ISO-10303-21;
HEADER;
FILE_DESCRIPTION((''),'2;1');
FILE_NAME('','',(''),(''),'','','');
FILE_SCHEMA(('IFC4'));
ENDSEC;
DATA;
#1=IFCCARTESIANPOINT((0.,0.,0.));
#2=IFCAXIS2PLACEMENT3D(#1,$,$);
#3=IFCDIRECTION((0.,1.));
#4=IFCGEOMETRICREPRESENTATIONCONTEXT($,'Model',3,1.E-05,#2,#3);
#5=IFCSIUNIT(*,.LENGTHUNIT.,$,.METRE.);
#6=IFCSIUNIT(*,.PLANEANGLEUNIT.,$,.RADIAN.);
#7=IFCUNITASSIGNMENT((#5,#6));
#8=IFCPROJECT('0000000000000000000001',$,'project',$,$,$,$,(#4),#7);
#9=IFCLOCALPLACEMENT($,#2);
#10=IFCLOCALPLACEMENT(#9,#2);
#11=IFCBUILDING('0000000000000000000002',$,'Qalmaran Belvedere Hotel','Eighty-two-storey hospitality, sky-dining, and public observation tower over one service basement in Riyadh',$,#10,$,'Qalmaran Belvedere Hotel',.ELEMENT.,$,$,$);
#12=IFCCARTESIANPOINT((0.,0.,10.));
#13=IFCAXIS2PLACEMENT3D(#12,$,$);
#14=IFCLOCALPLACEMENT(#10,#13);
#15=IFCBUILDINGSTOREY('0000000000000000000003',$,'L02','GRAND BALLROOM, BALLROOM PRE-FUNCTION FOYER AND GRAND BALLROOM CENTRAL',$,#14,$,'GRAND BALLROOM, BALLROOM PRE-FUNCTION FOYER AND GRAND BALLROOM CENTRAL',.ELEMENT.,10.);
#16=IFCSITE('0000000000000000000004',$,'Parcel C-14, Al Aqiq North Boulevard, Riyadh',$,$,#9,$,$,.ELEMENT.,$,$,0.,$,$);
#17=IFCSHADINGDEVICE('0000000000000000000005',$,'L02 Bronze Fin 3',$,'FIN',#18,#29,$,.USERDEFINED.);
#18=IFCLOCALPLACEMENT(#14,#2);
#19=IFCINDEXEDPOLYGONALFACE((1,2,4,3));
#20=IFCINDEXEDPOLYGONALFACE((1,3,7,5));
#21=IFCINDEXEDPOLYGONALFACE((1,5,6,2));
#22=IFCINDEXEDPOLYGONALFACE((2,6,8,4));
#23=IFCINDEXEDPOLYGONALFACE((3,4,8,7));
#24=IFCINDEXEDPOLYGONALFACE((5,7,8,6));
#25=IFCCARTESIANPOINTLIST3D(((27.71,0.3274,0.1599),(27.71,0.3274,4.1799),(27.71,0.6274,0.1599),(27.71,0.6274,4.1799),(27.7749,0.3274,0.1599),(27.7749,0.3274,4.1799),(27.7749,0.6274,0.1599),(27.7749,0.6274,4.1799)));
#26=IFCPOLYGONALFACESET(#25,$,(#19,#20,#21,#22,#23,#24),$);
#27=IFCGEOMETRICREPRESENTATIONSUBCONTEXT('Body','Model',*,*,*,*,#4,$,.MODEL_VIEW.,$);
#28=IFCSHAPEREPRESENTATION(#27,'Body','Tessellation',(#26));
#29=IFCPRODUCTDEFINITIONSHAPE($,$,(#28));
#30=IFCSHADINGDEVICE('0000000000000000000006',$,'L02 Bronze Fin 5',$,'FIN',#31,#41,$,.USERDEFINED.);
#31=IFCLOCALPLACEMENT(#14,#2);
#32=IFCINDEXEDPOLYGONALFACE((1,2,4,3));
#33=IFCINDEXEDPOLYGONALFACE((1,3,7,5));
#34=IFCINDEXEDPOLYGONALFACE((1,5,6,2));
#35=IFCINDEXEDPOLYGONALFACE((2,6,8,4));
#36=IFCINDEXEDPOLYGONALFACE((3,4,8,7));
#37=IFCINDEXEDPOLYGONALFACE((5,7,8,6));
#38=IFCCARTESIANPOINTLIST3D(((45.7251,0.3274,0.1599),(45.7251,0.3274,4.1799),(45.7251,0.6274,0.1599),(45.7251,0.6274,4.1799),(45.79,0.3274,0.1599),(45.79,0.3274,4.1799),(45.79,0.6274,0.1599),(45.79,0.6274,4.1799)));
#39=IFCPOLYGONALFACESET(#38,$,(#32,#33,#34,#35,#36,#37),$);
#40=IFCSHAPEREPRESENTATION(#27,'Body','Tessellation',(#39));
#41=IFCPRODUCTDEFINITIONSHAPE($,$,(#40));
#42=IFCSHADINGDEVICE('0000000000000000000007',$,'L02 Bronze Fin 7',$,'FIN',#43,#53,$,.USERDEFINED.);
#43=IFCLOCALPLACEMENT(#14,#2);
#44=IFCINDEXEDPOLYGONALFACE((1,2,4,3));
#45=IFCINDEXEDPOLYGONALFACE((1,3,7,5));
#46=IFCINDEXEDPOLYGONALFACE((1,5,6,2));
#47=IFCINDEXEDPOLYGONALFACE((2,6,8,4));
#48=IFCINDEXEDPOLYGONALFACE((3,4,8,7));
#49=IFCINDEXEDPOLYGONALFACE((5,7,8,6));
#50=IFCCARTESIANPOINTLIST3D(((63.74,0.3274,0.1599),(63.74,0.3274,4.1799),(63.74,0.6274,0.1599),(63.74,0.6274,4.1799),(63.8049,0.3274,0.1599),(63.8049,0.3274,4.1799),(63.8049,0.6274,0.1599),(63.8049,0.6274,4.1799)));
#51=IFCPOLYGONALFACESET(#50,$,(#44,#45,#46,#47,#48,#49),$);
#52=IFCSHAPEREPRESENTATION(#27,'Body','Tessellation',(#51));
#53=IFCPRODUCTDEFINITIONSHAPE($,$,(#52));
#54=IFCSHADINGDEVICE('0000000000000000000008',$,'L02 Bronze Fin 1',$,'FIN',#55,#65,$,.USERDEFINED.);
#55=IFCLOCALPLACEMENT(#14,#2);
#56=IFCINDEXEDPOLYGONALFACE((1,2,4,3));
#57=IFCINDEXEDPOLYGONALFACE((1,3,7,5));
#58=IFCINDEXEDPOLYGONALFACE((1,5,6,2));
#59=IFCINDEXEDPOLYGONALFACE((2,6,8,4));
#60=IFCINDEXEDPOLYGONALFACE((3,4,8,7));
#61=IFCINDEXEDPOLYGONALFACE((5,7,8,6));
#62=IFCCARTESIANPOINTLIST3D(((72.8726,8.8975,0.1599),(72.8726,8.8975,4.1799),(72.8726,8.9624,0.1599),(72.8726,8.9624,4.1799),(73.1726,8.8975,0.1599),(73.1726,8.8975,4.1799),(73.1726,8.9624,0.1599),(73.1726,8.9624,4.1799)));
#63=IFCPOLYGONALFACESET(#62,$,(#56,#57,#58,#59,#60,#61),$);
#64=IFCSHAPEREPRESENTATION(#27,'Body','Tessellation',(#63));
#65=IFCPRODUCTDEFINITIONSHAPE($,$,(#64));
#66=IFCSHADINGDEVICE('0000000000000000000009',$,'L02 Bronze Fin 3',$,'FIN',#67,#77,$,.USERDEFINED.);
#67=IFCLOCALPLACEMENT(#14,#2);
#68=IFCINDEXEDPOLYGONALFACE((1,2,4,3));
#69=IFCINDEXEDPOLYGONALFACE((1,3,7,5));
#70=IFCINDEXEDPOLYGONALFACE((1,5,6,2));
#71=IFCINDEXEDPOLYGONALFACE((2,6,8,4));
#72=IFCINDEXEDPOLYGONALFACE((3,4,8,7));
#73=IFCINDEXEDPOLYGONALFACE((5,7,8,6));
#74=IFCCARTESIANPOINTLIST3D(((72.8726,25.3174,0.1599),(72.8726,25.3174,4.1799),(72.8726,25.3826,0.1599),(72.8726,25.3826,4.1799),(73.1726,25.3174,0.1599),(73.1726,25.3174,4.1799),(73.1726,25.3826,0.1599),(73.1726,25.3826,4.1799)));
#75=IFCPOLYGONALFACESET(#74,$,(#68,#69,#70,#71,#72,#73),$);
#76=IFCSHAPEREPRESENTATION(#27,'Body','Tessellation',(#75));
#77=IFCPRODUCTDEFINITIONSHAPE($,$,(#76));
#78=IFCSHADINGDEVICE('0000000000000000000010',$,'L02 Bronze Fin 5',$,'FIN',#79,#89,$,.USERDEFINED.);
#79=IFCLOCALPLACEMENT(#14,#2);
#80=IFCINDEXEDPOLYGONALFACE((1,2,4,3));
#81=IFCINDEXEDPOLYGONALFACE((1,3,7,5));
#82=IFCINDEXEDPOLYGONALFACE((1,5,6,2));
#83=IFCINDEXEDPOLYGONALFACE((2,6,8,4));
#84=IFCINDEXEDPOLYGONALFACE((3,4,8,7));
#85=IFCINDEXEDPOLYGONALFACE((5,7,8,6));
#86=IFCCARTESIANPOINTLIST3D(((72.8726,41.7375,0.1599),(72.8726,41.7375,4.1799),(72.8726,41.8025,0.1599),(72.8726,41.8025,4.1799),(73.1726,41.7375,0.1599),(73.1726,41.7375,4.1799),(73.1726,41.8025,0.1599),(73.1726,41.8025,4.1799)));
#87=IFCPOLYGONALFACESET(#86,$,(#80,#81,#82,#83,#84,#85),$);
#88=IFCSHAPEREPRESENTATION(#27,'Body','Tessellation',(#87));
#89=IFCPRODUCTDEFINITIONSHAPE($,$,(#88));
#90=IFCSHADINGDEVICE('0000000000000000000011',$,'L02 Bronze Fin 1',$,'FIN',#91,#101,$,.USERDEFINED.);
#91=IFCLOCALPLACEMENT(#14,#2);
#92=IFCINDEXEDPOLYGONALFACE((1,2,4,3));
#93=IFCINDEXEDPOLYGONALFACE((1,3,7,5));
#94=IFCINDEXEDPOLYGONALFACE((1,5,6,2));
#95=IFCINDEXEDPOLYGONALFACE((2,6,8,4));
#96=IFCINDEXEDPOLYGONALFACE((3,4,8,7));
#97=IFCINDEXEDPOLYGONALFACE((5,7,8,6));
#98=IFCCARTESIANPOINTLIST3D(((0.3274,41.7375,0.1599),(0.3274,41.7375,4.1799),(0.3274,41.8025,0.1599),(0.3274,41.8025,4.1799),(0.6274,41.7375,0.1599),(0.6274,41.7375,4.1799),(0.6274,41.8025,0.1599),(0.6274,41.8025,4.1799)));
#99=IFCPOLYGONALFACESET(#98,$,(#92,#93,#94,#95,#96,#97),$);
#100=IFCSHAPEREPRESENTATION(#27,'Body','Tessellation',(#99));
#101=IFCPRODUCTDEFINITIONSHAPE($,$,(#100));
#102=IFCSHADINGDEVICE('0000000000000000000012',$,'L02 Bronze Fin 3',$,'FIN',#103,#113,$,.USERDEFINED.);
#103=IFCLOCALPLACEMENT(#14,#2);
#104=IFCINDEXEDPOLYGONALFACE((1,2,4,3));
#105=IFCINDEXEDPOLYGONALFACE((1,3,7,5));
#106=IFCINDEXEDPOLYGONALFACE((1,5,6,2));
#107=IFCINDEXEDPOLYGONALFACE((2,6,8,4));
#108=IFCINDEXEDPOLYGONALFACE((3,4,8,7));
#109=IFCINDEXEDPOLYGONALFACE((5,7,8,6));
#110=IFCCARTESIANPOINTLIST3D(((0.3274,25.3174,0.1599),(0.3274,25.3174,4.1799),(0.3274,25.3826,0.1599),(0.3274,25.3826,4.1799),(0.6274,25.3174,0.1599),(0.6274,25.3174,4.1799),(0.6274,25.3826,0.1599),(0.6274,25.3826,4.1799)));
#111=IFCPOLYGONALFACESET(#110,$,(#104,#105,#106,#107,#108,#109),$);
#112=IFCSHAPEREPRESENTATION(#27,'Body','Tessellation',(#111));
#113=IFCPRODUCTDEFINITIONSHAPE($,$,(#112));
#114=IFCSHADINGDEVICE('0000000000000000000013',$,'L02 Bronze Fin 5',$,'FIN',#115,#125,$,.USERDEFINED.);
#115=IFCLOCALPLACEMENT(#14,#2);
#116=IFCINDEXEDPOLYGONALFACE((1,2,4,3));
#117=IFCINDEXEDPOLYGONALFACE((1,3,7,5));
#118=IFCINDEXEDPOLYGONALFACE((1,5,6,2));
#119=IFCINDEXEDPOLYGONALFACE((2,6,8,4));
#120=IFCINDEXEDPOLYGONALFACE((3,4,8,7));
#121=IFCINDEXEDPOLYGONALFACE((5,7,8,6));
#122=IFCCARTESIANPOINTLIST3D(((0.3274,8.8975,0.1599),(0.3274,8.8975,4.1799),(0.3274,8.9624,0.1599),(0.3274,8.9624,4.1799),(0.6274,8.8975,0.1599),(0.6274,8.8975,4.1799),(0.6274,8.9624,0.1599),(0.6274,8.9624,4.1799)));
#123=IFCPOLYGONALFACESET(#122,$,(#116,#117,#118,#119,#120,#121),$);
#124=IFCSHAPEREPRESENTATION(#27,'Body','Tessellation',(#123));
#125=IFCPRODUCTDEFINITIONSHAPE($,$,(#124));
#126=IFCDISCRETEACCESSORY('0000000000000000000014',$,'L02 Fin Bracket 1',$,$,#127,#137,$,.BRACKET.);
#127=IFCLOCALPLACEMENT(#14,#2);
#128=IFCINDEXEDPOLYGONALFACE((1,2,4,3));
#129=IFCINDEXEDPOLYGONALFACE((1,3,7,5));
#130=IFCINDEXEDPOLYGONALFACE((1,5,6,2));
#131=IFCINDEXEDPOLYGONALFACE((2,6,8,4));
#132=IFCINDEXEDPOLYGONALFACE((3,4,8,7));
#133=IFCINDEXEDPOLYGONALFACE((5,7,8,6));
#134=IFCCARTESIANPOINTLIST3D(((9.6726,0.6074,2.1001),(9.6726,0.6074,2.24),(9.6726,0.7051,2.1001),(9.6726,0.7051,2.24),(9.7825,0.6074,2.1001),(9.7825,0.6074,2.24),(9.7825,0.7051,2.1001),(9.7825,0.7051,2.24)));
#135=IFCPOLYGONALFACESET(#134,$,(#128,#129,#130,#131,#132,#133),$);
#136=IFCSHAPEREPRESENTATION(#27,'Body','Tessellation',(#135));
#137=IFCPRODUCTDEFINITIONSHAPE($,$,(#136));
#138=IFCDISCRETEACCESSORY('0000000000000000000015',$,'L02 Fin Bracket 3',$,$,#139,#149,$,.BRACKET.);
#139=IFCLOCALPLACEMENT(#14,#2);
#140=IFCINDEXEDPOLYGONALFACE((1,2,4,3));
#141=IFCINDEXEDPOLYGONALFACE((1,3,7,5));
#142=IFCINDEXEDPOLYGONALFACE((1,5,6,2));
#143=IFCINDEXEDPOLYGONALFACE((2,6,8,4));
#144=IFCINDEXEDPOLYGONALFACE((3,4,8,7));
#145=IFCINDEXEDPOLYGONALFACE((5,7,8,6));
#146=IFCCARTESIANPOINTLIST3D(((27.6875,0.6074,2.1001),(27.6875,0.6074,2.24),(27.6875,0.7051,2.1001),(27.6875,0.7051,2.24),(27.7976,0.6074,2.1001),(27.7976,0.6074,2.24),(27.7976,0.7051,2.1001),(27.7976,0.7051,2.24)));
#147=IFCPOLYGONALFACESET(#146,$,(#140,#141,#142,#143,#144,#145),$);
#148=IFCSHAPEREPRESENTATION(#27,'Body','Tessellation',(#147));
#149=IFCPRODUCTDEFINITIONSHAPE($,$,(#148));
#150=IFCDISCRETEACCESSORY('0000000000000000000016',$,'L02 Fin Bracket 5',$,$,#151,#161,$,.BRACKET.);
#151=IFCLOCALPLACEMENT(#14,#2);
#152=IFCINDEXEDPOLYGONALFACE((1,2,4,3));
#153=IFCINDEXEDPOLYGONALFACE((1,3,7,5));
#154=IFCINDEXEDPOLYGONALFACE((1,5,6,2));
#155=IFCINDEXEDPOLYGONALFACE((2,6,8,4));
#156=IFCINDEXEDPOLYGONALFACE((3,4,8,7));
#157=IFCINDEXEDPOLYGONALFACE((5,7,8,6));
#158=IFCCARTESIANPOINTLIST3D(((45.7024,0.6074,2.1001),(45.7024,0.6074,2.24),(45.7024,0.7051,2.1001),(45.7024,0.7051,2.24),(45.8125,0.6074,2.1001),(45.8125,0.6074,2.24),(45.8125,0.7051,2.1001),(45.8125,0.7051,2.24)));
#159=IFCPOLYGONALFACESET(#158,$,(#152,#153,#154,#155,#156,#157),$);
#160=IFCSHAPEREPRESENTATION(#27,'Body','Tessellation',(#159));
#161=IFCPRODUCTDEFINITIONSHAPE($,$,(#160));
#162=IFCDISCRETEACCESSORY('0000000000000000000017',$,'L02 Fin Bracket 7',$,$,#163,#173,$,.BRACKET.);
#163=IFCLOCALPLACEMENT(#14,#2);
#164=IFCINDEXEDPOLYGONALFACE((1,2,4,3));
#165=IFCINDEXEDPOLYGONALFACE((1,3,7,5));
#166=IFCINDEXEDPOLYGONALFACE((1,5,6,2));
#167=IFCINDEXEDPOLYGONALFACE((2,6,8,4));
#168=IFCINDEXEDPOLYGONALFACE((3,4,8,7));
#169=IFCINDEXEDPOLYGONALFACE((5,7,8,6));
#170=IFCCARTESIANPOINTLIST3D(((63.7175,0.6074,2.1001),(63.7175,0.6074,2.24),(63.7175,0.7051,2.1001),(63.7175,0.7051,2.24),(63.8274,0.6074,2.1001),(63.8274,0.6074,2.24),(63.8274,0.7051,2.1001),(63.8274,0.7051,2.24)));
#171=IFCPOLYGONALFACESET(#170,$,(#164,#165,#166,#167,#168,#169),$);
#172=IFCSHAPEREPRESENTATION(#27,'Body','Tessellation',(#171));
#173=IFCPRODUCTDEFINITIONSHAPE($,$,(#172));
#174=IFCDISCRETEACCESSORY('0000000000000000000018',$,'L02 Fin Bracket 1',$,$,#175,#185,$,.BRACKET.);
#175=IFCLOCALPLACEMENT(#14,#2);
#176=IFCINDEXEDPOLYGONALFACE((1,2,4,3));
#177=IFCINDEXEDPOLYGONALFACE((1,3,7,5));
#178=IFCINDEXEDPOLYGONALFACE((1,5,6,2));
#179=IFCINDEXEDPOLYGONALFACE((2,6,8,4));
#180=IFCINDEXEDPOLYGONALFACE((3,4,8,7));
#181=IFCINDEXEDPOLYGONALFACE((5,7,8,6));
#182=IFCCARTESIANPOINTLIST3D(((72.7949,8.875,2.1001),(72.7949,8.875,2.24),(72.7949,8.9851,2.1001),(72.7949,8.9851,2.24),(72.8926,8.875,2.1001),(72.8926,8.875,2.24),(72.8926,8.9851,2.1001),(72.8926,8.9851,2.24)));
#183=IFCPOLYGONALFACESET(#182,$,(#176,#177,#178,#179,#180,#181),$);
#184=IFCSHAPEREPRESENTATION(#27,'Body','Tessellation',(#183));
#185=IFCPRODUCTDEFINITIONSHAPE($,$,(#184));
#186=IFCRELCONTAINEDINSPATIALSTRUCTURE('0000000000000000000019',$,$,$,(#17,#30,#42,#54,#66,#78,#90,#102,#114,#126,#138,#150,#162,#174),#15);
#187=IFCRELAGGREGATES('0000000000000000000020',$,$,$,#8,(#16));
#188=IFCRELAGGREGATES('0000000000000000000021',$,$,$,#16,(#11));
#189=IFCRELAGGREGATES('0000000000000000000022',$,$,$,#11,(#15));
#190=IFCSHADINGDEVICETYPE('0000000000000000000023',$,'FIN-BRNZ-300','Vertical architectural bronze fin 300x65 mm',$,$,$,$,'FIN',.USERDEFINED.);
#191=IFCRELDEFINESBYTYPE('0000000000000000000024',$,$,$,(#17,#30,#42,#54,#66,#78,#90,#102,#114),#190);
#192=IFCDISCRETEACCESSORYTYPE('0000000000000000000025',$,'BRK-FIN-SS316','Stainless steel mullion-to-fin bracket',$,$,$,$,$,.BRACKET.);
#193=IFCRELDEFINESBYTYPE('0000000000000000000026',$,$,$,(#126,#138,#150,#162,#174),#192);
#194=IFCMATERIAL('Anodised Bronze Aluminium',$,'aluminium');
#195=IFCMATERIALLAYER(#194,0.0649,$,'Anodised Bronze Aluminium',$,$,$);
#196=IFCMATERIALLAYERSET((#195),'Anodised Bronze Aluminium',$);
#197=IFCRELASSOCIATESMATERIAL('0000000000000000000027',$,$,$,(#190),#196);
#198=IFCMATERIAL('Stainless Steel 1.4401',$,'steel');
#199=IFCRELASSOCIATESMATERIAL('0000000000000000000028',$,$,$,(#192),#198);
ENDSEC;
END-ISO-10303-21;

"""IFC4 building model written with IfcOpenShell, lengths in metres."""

from ifc_helpers import new_model, si_unit, direction, frame, origin, place, context, subcontext, project, spatial, polyline, outline, extrude, material, layer, layer_set, type_object, element, save


model = new_model("IFC4")

# Units and contexts
model_context = context("Model", 3, precision=1e-05, world=origin(), true_north=direction((0.0, 1.0)))
body_context = subcontext(model_context, "Body", "Model", "MODEL_VIEW")
ifc_project = project(units=[si_unit("LENGTHUNIT", "METRE"), si_unit("PLANEANGLEUNIT", "RADIAN")], contexts=[model_context])

# Site, building, storey
site_placement = place(None, origin())
site = spatial("IfcSite", under=ifc_project, at=site_placement, Name="Parcel C-14, Al Aqiq North Boulevard, Riyadh", CompositionType="ELEMENT", RefElevation=0.0)
building_placement = place(site_placement, origin())
building = spatial("IfcBuilding", under=site, at=building_placement, Name="Qalmaran Belvedere Hotel", Description="Eighty-two-storey hospitality, sky-dining, and public observation tower over one service basement in Riyadh", LongName="Qalmaran Belvedere Hotel", CompositionType="ELEMENT")
storey_placement = place(building_placement, frame((0.0, 0.0, 10.0)))
storey = spatial("IfcBuildingStorey", under=building, at=storey_placement, Name="L02", Description="GRAND BALLROOM, BALLROOM PRE-FUNCTION FOYER AND GRAND BALLROOM CENTRAL", LongName="GRAND BALLROOM, BALLROOM PRE-FUNCTION FOYER AND GRAND BALLROOM CENTRAL", CompositionType="ELEMENT", Elevation=10.0)

# Shading devices
ifc_material_1 = material(Name="Anodised Bronze Aluminium", Category="aluminium")
ifc_layer_1 = layer(ifc_material_1, 0.0649, Name="Anodised Bronze Aluminium")
ifc_layer_set_1 = layer_set([ifc_layer_1], Name="Anodised Bronze Aluminium")
shading_device_type = type_object("IfcShadingDeviceType", Name="FIN-BRNZ-300", Description="Vertical architectural bronze fin 300x65 mm", ElementType="FIN", PredefinedType="USERDEFINED", material=ifc_layer_set_1)
shading_device_1_placement = place(storey_placement, frame((0.0, 0.0, 0.1599)))
element("IfcShadingDevice", 1, at=shading_device_1_placement, inside=storey, type_object=shading_device_type, Name="L02 Bronze Fin 3", ObjectType="FIN", PredefinedType="USERDEFINED", context=body_context, shape_type="SweptSolid", body=[
    extrude(outline(polyline([(27.71, 0.6274), (27.71, 0.3274), (27.7749, 0.3274), (27.7749, 0.6274), (27.71, 0.6274)])), origin(), (0.0, 0.0, 1.0), 4.02),
])
shading_device_2_placement = place(storey_placement, frame((0.0, 0.0, 0.1599)))
element("IfcShadingDevice", 2, at=shading_device_2_placement, inside=storey, type_object=shading_device_type, Name="L02 Bronze Fin 5", ObjectType="FIN", PredefinedType="USERDEFINED", context=body_context, shape_type="SweptSolid", body=[
    extrude(outline(polyline([(45.7251, 0.6274), (45.7251, 0.3274), (45.79, 0.3274), (45.79, 0.6274), (45.7251, 0.6274)])), origin(), (0.0, 0.0, 1.0), 4.02),
])
shading_device_3_placement = place(storey_placement, frame((0.0, 0.0, 0.1599)))
element("IfcShadingDevice", 3, at=shading_device_3_placement, inside=storey, type_object=shading_device_type, Name="L02 Bronze Fin 7", ObjectType="FIN", PredefinedType="USERDEFINED", context=body_context, shape_type="SweptSolid", body=[
    extrude(outline(polyline([(63.74, 0.6274), (63.74, 0.3274), (63.8049, 0.3274), (63.8049, 0.6274), (63.74, 0.6274)])), origin(), (0.0, 0.0, 1.0), 4.02),
])
shading_device_4_placement = place(storey_placement, frame((0.0, 0.0, 0.1599)))
element("IfcShadingDevice", 4, at=shading_device_4_placement, inside=storey, type_object=shading_device_type, Name="L02 Bronze Fin 1", ObjectType="FIN", PredefinedType="USERDEFINED", context=body_context, shape_type="SweptSolid", body=[
    extrude(outline(polyline([(72.8726, 8.8975), (73.1726, 8.8975), (73.1726, 8.9624), (72.8726, 8.9624), (72.8726, 8.8975)])), origin(), (0.0, 0.0, 1.0), 4.02),
])
shading_device_5_placement = place(storey_placement, frame((0.0, 0.0, 0.1599)))
element("IfcShadingDevice", 5, at=shading_device_5_placement, inside=storey, type_object=shading_device_type, Name="L02 Bronze Fin 3", ObjectType="FIN", PredefinedType="USERDEFINED", context=body_context, shape_type="SweptSolid", body=[
    extrude(outline(polyline([(72.8726, 25.3174), (73.1726, 25.3174), (73.1726, 25.3826), (72.8726, 25.3826), (72.8726, 25.3174)])), origin(), (0.0, 0.0, 1.0), 4.02),
])
shading_device_6_placement = place(storey_placement, frame((0.0, 0.0, 0.1599)))
element("IfcShadingDevice", 6, at=shading_device_6_placement, inside=storey, type_object=shading_device_type, Name="L02 Bronze Fin 5", ObjectType="FIN", PredefinedType="USERDEFINED", context=body_context, shape_type="SweptSolid", body=[
    extrude(outline(polyline([(72.8726, 41.7375), (73.1726, 41.7375), (73.1726, 41.8025), (72.8726, 41.8025), (72.8726, 41.7375)])), origin(), (0.0, 0.0, 1.0), 4.02),
])
shading_device_7_placement = place(storey_placement, frame((0.0, 0.0, 0.1599)))
element("IfcShadingDevice", 7, at=shading_device_7_placement, inside=storey, type_object=shading_device_type, Name="L02 Bronze Fin 1", ObjectType="FIN", PredefinedType="USERDEFINED", context=body_context, shape_type="SweptSolid", body=[
    extrude(outline(polyline([(0.6274, 41.8025), (0.3274, 41.8025), (0.3274, 41.7375), (0.6274, 41.7375), (0.6274, 41.8025)])), origin(), (0.0, 0.0, 1.0), 4.02),
])
shading_device_8_placement = place(storey_placement, frame((0.0, 0.0, 0.1599)))
element("IfcShadingDevice", 8, at=shading_device_8_placement, inside=storey, type_object=shading_device_type, Name="L02 Bronze Fin 3", ObjectType="FIN", PredefinedType="USERDEFINED", context=body_context, shape_type="SweptSolid", body=[
    extrude(outline(polyline([(0.6274, 25.3826), (0.3274, 25.3826), (0.3274, 25.3174), (0.6274, 25.3174), (0.6274, 25.3826)])), origin(), (0.0, 0.0, 1.0), 4.02),
])
shading_device_9_placement = place(storey_placement, frame((0.0, 0.0, 0.1599)))
element("IfcShadingDevice", 9, at=shading_device_9_placement, inside=storey, type_object=shading_device_type, Name="L02 Bronze Fin 5", ObjectType="FIN", PredefinedType="USERDEFINED", context=body_context, shape_type="SweptSolid", body=[
    extrude(outline(polyline([(0.6274, 8.9624), (0.3274, 8.9624), (0.3274, 8.8975), (0.6274, 8.8975), (0.6274, 8.9624)])), origin(), (0.0, 0.0, 1.0), 4.02),
])

# Discrete accessories
ifc_material_2 = material(Name="Stainless Steel 1.4401", Category="steel")
discrete_accessory_type = type_object("IfcDiscreteAccessoryType", Name="BRK-FIN-SS316", Description="Stainless steel mullion-to-fin bracket", PredefinedType="BRACKET", material=ifc_material_2)
discrete_accessory_1_placement = place(storey_placement, frame((0.0, 0.0, 2.1001)))
element("IfcDiscreteAccessory", 10, at=discrete_accessory_1_placement, inside=storey, type_object=discrete_accessory_type, Name="L02 Fin Bracket 1", PredefinedType="BRACKET", context=body_context, shape_type="SweptSolid", body=[
    extrude(outline(polyline([(9.6726, 0.7051), (9.6726, 0.6074), (9.7825, 0.6074), (9.7825, 0.7051), (9.6726, 0.7051)])), origin(), (0.0, 0.0, 1.0), 0.1399),
])
discrete_accessory_2_placement = place(storey_placement, frame((0.0, 0.0, 2.1001)))
element("IfcDiscreteAccessory", 11, at=discrete_accessory_2_placement, inside=storey, type_object=discrete_accessory_type, Name="L02 Fin Bracket 3", PredefinedType="BRACKET", context=body_context, shape_type="SweptSolid", body=[
    extrude(outline(polyline([(27.6875, 0.7051), (27.6875, 0.6074), (27.7976, 0.6074), (27.7976, 0.7051), (27.6875, 0.7051)])), origin(), (0.0, 0.0, 1.0), 0.1399),
])
discrete_accessory_3_placement = place(storey_placement, frame((0.0, 0.0, 2.1001)))
element("IfcDiscreteAccessory", 12, at=discrete_accessory_3_placement, inside=storey, type_object=discrete_accessory_type, Name="L02 Fin Bracket 5", PredefinedType="BRACKET", context=body_context, shape_type="SweptSolid", body=[
    extrude(outline(polyline([(45.7024, 0.7051), (45.7024, 0.6074), (45.8125, 0.6074), (45.8125, 0.7051), (45.7024, 0.7051)])), origin(), (0.0, 0.0, 1.0), 0.1399),
])
discrete_accessory_4_placement = place(storey_placement, frame((0.0, 0.0, 2.1001)))
element("IfcDiscreteAccessory", 13, at=discrete_accessory_4_placement, inside=storey, type_object=discrete_accessory_type, Name="L02 Fin Bracket 7", PredefinedType="BRACKET", context=body_context, shape_type="SweptSolid", body=[
    extrude(outline(polyline([(63.7175, 0.7051), (63.7175, 0.6074), (63.8274, 0.6074), (63.8274, 0.7051), (63.7175, 0.7051)])), origin(), (0.0, 0.0, 1.0), 0.1399),
])
discrete_accessory_5_placement = place(storey_placement, frame((0.0, 0.0, 2.1001)))
element("IfcDiscreteAccessory", 14, at=discrete_accessory_5_placement, inside=storey, type_object=discrete_accessory_type, Name="L02 Fin Bracket 1", PredefinedType="BRACKET", context=body_context, shape_type="SweptSolid", body=[
    extrude(outline(polyline([(72.7949, 8.875), (72.8926, 8.875), (72.8926, 8.9851), (72.7949, 8.9851), (72.7949, 8.875)])), origin(), (0.0, 0.0, 1.0), 0.1399),
])

save(model, "model.ifc")
